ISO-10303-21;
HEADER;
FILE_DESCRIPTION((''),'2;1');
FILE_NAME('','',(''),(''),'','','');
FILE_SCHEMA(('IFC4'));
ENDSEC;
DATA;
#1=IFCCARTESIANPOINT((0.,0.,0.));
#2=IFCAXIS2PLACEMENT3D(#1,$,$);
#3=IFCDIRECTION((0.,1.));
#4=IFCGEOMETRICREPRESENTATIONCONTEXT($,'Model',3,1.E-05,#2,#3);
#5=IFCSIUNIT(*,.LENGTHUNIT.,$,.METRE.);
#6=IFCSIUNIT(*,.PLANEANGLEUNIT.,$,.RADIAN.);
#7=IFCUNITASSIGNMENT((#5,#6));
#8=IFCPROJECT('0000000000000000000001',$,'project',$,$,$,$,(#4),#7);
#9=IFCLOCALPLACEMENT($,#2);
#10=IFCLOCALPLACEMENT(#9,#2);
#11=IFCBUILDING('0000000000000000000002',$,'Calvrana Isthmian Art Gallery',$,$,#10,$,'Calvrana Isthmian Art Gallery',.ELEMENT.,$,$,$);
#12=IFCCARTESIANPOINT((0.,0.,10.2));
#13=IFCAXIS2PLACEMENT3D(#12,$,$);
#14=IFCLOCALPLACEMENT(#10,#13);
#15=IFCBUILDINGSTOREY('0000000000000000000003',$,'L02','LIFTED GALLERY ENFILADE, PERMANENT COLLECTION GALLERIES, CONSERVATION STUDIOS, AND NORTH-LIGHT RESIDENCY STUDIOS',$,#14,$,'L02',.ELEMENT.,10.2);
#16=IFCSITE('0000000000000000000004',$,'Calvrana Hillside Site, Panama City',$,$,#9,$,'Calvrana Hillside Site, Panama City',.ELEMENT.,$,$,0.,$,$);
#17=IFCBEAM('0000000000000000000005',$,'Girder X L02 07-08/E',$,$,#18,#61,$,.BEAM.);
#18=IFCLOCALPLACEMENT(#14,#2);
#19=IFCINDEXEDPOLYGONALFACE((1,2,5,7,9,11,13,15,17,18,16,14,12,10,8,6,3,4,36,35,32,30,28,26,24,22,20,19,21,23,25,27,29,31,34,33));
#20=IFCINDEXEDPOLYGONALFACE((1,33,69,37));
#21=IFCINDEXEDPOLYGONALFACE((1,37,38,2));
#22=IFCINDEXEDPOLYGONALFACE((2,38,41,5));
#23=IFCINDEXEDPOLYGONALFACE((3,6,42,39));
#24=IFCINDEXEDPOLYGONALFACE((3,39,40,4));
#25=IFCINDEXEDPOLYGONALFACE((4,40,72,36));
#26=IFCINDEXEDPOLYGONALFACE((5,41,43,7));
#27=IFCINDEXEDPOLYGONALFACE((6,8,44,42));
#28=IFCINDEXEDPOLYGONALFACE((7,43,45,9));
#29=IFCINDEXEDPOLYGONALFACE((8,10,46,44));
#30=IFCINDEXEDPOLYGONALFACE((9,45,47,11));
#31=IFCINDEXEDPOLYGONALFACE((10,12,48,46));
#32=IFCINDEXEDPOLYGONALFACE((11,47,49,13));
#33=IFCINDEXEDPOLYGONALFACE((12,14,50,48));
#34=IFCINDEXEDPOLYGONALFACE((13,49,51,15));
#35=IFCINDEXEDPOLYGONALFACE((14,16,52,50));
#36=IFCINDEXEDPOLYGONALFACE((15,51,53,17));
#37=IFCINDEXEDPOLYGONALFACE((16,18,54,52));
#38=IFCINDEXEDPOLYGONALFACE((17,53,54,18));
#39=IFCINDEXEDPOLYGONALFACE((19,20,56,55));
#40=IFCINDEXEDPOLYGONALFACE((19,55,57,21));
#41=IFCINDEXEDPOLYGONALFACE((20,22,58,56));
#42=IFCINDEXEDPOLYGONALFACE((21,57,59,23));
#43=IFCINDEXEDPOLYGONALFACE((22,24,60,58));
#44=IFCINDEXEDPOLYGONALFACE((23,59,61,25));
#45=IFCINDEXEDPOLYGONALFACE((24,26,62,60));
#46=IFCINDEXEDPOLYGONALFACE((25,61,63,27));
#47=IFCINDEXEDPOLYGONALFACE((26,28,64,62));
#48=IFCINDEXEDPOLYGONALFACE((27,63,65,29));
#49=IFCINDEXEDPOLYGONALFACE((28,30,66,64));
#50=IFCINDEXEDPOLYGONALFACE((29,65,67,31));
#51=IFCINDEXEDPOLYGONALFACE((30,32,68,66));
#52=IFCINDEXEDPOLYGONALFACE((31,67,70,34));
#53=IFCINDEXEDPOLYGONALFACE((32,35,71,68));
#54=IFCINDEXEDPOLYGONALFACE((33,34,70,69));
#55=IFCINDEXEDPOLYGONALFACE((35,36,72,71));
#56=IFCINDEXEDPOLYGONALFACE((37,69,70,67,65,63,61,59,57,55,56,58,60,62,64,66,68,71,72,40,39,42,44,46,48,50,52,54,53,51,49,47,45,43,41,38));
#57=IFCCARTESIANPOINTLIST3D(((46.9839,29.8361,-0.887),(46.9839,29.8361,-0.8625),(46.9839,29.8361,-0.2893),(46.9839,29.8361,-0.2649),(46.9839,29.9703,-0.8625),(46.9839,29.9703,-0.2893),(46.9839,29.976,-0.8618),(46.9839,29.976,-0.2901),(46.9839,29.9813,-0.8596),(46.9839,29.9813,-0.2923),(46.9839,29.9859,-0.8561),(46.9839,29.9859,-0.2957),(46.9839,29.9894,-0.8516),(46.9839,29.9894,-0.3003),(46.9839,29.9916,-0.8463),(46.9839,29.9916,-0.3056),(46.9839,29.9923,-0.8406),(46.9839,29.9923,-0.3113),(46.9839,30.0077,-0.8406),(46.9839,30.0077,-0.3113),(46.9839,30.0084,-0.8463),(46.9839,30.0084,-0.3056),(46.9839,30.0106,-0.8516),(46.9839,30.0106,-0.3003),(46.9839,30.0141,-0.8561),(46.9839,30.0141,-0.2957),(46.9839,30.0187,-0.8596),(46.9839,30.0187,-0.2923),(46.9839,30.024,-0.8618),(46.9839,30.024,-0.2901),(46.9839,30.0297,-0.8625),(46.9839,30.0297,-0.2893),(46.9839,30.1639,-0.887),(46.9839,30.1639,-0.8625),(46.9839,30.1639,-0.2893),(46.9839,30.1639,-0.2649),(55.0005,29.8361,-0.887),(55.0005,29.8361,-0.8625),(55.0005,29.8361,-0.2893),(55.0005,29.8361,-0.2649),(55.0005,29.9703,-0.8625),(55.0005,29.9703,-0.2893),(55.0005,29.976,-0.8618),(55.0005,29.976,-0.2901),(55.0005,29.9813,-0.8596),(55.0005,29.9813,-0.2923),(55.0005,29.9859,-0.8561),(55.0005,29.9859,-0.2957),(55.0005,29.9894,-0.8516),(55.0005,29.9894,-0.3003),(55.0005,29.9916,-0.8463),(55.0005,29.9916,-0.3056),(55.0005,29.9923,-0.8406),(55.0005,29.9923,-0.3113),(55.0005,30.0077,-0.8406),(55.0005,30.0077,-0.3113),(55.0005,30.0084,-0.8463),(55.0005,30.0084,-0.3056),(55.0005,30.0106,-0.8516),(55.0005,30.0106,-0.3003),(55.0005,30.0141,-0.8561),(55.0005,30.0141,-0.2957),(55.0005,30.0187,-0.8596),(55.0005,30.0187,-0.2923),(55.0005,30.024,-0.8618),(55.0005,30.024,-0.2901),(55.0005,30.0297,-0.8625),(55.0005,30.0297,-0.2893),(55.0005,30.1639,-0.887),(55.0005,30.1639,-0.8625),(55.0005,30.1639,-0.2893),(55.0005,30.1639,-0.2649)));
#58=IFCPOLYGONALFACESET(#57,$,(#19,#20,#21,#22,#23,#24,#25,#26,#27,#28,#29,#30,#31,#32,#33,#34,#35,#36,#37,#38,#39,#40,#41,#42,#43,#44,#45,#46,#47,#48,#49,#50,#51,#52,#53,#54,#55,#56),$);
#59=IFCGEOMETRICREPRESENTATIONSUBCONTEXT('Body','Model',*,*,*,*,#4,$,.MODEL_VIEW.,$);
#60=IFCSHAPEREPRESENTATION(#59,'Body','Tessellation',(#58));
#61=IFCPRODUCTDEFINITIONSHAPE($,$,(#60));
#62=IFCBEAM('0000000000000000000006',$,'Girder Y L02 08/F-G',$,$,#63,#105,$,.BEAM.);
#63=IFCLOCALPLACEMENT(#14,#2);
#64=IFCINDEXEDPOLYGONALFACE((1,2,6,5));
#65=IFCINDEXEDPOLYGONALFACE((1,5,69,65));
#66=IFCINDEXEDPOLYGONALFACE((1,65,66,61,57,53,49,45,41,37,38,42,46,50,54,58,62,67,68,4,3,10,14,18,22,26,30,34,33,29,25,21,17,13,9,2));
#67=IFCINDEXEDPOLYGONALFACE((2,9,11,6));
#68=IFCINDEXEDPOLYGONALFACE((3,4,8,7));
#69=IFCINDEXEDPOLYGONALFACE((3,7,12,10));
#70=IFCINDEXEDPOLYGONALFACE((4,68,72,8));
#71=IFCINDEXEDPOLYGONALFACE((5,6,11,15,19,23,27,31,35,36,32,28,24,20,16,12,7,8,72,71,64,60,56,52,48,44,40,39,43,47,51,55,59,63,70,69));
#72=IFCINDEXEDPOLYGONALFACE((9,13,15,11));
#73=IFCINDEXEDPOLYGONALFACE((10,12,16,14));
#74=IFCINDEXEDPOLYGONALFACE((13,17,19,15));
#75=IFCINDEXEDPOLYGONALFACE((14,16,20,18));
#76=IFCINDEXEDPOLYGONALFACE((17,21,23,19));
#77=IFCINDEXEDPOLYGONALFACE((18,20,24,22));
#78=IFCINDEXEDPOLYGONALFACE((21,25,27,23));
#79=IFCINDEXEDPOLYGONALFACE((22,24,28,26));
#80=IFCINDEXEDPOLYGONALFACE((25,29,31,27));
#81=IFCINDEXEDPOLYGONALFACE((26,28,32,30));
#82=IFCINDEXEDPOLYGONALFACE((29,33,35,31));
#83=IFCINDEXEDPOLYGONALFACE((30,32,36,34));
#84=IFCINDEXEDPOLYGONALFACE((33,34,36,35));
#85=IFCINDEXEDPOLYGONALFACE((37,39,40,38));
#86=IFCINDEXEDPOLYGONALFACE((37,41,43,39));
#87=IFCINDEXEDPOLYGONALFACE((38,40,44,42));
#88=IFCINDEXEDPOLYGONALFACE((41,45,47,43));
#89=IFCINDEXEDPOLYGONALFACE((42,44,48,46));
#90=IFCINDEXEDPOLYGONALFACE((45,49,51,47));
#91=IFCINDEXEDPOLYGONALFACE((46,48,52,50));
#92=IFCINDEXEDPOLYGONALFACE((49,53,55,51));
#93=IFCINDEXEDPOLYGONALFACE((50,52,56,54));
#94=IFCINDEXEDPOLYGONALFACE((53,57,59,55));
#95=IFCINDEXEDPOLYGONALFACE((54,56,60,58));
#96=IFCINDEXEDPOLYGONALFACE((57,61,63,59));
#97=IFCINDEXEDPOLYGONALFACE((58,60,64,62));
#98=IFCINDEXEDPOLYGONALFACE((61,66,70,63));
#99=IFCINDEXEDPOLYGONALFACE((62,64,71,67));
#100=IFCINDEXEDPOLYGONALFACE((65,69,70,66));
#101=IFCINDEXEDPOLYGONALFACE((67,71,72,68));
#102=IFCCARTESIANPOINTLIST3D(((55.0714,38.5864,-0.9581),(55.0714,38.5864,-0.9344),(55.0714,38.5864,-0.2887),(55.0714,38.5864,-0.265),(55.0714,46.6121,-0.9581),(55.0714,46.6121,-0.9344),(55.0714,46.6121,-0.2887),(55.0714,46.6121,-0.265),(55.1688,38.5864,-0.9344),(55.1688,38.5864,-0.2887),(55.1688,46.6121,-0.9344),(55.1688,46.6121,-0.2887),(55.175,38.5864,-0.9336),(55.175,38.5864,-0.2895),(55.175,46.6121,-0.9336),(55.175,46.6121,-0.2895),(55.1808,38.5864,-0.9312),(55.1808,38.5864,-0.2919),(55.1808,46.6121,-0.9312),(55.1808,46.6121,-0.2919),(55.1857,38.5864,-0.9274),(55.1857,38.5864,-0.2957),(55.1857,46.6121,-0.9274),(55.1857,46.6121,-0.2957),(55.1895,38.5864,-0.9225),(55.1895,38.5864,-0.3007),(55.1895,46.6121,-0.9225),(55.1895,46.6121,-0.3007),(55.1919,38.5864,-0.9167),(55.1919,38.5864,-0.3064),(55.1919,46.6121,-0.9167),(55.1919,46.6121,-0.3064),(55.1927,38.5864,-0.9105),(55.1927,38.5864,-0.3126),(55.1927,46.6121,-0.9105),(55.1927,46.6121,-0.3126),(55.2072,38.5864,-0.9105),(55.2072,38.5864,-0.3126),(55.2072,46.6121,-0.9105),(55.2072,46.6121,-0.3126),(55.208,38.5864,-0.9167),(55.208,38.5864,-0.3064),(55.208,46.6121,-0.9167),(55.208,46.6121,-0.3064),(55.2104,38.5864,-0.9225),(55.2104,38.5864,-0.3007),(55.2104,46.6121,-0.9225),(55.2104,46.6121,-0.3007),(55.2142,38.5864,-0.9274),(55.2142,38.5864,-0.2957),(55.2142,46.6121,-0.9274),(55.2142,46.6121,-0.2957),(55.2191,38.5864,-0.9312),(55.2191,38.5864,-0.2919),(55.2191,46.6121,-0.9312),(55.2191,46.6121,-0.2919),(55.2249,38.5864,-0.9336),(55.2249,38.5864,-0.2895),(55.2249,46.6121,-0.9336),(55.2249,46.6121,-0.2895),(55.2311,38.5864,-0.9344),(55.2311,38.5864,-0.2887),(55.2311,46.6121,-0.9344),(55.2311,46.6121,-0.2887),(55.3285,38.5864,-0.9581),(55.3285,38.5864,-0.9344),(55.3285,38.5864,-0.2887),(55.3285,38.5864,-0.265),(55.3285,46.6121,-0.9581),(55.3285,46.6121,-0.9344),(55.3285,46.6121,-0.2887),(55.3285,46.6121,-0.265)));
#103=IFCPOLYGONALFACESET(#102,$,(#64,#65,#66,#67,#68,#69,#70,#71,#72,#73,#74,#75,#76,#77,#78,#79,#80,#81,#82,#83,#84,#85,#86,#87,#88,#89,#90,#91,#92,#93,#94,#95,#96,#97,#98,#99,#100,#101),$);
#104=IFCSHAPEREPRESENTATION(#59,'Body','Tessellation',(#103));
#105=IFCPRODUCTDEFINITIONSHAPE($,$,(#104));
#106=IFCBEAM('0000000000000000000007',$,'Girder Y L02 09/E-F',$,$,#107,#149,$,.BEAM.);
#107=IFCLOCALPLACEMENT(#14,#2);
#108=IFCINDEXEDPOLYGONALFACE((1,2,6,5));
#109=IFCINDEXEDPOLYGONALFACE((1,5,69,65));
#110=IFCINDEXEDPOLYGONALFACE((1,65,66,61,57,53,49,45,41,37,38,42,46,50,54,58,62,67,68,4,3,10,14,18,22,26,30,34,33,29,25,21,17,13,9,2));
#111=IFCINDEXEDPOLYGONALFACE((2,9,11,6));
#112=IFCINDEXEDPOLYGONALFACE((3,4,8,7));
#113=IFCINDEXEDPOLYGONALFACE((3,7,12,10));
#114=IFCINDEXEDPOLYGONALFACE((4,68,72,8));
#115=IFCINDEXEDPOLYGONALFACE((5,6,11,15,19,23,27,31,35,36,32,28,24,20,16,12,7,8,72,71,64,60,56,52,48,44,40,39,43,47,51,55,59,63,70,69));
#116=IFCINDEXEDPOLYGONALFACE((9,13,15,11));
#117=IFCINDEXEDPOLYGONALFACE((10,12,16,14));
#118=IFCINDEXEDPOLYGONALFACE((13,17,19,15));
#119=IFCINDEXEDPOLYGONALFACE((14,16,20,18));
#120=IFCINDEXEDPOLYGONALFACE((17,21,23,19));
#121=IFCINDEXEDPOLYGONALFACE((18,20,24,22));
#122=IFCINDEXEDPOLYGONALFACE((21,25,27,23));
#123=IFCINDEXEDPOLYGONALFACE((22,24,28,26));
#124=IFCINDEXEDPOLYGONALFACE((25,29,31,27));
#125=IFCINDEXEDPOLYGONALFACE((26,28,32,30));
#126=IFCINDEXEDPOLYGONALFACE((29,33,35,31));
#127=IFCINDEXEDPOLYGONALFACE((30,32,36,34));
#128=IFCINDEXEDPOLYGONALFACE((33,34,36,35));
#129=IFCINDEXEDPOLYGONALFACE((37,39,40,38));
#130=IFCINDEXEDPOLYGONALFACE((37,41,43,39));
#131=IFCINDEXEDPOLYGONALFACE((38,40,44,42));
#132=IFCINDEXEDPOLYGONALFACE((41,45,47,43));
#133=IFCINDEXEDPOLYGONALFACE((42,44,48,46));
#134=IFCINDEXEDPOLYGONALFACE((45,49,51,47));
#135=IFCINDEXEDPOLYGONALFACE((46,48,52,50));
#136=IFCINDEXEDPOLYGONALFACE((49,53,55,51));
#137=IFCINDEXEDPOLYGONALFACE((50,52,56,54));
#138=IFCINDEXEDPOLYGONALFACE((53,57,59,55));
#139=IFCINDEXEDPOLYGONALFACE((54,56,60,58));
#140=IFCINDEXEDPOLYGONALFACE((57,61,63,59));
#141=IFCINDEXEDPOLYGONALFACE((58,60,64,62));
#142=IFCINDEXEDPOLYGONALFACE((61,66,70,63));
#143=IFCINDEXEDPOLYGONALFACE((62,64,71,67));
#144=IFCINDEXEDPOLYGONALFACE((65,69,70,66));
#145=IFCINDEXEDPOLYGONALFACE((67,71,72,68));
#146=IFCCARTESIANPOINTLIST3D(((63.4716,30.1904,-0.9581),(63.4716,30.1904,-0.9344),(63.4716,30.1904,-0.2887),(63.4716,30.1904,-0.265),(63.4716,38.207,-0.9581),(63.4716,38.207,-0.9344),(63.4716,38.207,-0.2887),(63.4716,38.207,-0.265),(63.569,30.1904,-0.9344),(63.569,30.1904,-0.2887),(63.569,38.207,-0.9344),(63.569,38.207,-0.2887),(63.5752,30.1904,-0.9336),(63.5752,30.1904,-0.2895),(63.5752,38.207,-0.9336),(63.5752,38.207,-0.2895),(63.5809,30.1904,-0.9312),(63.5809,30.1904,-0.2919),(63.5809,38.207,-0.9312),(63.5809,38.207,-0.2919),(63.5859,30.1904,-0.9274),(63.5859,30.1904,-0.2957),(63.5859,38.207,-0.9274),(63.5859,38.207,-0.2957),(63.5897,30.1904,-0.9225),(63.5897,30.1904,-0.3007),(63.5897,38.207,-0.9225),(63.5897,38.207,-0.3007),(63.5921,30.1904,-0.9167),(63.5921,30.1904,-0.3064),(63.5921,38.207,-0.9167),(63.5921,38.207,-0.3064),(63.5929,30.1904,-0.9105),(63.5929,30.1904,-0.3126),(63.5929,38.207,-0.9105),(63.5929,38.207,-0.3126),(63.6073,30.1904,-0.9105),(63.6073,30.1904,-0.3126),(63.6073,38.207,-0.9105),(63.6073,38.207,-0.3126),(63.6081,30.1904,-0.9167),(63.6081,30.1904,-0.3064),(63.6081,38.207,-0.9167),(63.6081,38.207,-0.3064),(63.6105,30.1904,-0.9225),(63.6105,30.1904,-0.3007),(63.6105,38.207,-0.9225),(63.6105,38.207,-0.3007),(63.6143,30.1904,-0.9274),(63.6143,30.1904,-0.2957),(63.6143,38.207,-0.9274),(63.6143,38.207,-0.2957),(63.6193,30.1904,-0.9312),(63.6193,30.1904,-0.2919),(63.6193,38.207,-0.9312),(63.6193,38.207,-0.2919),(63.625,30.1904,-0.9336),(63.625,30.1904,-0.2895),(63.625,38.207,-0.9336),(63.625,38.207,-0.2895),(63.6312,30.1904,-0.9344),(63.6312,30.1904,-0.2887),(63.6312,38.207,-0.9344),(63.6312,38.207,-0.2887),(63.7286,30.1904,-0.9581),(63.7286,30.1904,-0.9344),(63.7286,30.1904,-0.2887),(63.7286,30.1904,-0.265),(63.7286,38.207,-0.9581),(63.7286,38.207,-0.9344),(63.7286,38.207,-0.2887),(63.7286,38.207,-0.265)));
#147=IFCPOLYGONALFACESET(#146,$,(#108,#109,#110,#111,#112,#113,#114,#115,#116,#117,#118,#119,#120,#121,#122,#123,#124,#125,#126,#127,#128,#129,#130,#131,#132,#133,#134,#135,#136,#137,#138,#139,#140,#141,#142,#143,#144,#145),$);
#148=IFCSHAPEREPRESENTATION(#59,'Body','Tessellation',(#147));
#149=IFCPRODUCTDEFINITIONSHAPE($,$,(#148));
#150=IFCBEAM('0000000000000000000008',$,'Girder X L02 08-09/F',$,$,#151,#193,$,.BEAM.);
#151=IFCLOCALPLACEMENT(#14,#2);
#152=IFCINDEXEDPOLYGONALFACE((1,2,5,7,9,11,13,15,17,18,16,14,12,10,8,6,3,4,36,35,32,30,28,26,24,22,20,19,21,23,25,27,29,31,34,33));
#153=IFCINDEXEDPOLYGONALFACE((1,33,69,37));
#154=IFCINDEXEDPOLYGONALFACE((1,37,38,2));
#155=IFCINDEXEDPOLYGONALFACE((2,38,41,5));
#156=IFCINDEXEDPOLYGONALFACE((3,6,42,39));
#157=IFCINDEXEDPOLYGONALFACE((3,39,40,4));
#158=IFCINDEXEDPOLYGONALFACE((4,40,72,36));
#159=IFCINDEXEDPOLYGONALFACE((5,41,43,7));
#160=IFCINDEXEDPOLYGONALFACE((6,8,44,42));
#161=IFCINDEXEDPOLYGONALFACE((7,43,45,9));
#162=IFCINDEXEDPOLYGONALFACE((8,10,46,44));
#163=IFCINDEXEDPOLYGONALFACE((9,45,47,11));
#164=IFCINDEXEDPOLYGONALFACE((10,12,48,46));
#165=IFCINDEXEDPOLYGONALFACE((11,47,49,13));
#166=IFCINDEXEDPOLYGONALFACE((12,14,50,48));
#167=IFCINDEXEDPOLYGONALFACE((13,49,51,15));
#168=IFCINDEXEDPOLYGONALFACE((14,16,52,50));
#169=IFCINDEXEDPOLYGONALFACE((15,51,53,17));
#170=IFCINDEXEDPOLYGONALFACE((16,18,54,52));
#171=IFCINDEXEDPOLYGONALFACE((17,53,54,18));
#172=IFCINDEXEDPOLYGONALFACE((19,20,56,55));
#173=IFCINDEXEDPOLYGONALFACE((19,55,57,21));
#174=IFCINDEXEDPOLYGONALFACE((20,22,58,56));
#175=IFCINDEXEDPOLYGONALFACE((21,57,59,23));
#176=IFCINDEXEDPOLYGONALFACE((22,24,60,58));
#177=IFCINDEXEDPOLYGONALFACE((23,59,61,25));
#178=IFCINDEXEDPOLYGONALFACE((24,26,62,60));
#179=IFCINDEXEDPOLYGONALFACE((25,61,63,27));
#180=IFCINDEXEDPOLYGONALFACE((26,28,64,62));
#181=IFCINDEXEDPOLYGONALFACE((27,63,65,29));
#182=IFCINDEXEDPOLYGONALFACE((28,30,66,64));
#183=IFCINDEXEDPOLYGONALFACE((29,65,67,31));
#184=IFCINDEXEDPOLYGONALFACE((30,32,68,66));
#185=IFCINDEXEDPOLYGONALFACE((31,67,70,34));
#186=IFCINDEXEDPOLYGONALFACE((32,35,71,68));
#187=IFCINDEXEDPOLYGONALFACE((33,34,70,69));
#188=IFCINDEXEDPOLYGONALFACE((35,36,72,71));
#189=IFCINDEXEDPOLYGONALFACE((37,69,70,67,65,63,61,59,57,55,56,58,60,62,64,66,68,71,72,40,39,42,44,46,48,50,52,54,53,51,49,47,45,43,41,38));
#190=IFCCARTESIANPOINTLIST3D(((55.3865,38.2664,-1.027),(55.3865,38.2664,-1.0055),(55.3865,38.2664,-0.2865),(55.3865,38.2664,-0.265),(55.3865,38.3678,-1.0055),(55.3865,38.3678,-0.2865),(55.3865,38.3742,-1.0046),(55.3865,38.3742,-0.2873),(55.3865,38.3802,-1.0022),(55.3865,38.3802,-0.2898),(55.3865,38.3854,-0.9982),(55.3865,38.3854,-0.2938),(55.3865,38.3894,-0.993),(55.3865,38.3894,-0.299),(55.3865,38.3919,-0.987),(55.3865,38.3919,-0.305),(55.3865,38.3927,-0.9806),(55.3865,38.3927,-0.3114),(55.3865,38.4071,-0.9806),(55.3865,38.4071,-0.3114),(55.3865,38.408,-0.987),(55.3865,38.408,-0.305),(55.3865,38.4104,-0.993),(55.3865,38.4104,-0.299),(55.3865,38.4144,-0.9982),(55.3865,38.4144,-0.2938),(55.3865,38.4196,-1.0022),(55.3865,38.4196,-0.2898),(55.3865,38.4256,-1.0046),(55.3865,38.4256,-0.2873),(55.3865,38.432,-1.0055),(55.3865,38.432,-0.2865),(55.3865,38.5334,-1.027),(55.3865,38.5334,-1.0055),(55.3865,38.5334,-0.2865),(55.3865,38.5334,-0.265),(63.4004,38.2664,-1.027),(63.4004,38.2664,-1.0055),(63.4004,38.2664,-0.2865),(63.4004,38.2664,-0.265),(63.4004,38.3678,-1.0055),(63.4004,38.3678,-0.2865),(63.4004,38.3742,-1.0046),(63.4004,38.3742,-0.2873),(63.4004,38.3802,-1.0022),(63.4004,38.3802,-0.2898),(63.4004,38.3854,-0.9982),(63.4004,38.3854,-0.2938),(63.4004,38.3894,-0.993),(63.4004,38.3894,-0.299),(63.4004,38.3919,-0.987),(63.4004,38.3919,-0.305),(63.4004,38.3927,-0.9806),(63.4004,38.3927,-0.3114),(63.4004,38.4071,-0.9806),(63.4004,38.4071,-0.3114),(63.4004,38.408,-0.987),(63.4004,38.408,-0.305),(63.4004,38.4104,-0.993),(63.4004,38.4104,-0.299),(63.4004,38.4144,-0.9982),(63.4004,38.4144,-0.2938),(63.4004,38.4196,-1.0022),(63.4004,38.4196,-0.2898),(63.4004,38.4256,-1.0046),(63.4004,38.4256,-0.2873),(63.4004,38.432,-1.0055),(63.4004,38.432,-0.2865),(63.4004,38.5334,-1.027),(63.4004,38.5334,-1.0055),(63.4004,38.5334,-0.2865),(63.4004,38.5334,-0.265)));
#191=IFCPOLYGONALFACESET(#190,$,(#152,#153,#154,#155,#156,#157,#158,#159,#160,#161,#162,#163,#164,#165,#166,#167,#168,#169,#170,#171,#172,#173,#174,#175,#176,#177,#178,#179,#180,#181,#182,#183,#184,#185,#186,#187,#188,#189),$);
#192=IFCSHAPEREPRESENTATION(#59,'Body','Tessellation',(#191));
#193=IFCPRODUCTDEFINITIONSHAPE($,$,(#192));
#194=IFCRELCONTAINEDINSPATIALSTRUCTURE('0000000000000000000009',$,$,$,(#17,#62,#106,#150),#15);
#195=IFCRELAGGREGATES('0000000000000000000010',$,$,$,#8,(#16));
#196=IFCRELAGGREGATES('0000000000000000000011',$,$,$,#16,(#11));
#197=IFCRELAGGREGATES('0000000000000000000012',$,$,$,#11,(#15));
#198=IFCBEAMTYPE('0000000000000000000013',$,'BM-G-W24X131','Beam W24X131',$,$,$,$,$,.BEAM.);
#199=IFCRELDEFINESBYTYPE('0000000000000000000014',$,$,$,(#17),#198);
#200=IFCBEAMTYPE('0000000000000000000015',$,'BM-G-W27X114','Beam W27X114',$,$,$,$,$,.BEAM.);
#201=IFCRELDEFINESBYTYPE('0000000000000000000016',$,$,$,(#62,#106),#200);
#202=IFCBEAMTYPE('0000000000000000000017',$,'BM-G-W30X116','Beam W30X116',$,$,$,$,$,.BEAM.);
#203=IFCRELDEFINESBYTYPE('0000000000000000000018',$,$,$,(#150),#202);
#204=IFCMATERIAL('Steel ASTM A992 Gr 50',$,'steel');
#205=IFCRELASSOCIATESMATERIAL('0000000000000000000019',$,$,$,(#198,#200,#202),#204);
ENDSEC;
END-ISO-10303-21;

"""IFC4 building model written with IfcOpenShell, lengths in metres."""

from ifc_helpers import new_model, si_unit, direction, frame, origin, origin_2d, place, context, subcontext, project, spatial, i_section, extrude, material, material_profile, profile_set, type_object, element, save


model = new_model("IFC4")

# Units and contexts
model_context = context("Model", 3, precision=1e-05, world=origin(), true_north=direction((0.0, 1.0)))
body_context = subcontext(model_context, "Body", "Model", "MODEL_VIEW")
ifc_project = project(units=[si_unit("LENGTHUNIT", "METRE"), si_unit("PLANEANGLEUNIT", "RADIAN")], contexts=[model_context])

# Site, building, storey
site_placement = place(None, origin())
site = spatial("IfcSite", under=ifc_project, at=site_placement, Name="Calvrana Hillside Site, Panama City", LongName="Calvrana Hillside Site, Panama City", CompositionType="ELEMENT", RefElevation=0.0)
building_placement = place(site_placement, origin())
building = spatial("IfcBuilding", under=site, at=building_placement, Name="Calvrana Isthmian Art Gallery", LongName="Calvrana Isthmian Art Gallery", CompositionType="ELEMENT")
storey_placement = place(building_placement, frame((0.0, 0.0, 10.2)))
storey = spatial("IfcBuildingStorey", under=building, at=storey_placement, Name="L02", Description="LIFTED GALLERY ENFILADE, PERMANENT COLLECTION GALLERIES, CONSERVATION STUDIOS, AND NORTH-LIGHT RESIDENCY STUDIOS", LongName="L02", CompositionType="ELEMENT", Elevation=10.2)

# Shared definitions
ifc_material_1 = material(Name="Steel ASTM A992 Gr 50", Category="steel")

# Beams
ifc_material_profile_1 = material_profile(ifc_material_1, i_section(OverallWidth=0.3279, OverallDepth=0.6221, WebThickness=0.0154, FlangeThickness=0.0244, FilletRadius=0.022, at=origin_2d()), Name="W24X131")
ifc_profile_set_1 = profile_set([ifc_material_profile_1], Name="Steel ASTM A992 Gr 50")
beam_type_1 = type_object("IfcBeamType", Name="BM-G-W24X131", Description="Beam W24X131", PredefinedType="BEAM", material=ifc_profile_set_1)
beam_1_placement = place(storey_placement, frame((46.9839, 30.0, -0.5759), z_axis=(1.0, 0.0, 0.0), x_axis=(0.0, 1.0, 0.0)))
element("IfcBeam", 1, at=beam_1_placement, inside=storey, type_object=beam_type_1, Name="Girder X L02 07-08/E", PredefinedType="BEAM", context=body_context, shape_type="SweptSolid", body=[
    extrude(i_section(OverallWidth=0.3279, OverallDepth=0.6221, WebThickness=0.0154, FlangeThickness=0.0244, FilletRadius=0.022, at=origin_2d()), origin(), (0.0, 0.0, 1.0), 8.0166),
])
ifc_material_profile_2 = material_profile(ifc_material_1, i_section(OverallWidth=0.2571, OverallDepth=0.6931, WebThickness=0.0144, FlangeThickness=0.0237, FilletRadius=0.0239, at=origin_2d()), Name="W27X114")
ifc_profile_set_2 = profile_set([ifc_material_profile_2], Name="Steel ASTM A992 Gr 50")
beam_type_2 = type_object("IfcBeamType", Name="BM-G-W27X114", Description="Beam W27X114", PredefinedType="BEAM", material=ifc_profile_set_2)
beam_2_placement = place(storey_placement, frame((55.2, 38.5864, -0.6116), z_axis=(0.0, 1.0, 0.0), x_axis=(-1.0, 0.0, 0.0)))
element("IfcBeam", 2, at=beam_2_placement, inside=storey, type_object=beam_type_2, Name="Girder Y L02 08/F-G", PredefinedType="BEAM", context=body_context, shape_type="SweptSolid", body=[
    extrude(i_section(OverallWidth=0.2571, OverallDepth=0.6931, WebThickness=0.0144, FlangeThickness=0.0237, FilletRadius=0.0239, at=origin_2d()), origin(), (0.0, 0.0, 1.0), 8.0256),
])
beam_3_placement = place(storey_placement, frame((63.6001, 30.1904, -0.6116), z_axis=(0.0, 1.0, 0.0), x_axis=(-1.0, 0.0, 0.0)))
element("IfcBeam", 3, at=beam_3_placement, inside=storey, type_object=beam_type_2, Name="Girder Y L02 09/E-F", PredefinedType="BEAM", context=body_context, shape_type="SweptSolid", body=[
    extrude(i_section(OverallWidth=0.2571, OverallDepth=0.6931, WebThickness=0.0144, FlangeThickness=0.0237, FilletRadius=0.0239, at=origin_2d()), origin(), (0.0, 0.0, 1.0), 8.0166),
])
ifc_material_profile_3 = material_profile(ifc_material_1, i_section(OverallWidth=0.2671, OverallDepth=0.762, WebThickness=0.0144, FlangeThickness=0.0215, FilletRadius=0.0249, at=origin_2d()), Name="W30X116")
ifc_profile_set_3 = profile_set([ifc_material_profile_3], Name="Steel ASTM A992 Gr 50")
beam_type_3 = type_object("IfcBeamType", Name="BM-G-W30X116", Description="Beam W30X116", PredefinedType="BEAM", material=ifc_profile_set_3)
beam_4_placement = place(storey_placement, frame((55.3865, 38.3999, -0.646), z_axis=(1.0, 0.0, 0.0), x_axis=(0.0, 1.0, 0.0)))
element("IfcBeam", 4, at=beam_4_placement, inside=storey, type_object=beam_type_3, Name="Girder X L02 08-09/F", PredefinedType="BEAM", context=body_context, shape_type="SweptSolid", body=[
    extrude(i_section(OverallWidth=0.2671, OverallDepth=0.762, WebThickness=0.0144, FlangeThickness=0.0215, FilletRadius=0.0249, at=origin_2d()), origin(), (0.0, 0.0, 1.0), 8.0139),
])

save(model, "model.ifc")
